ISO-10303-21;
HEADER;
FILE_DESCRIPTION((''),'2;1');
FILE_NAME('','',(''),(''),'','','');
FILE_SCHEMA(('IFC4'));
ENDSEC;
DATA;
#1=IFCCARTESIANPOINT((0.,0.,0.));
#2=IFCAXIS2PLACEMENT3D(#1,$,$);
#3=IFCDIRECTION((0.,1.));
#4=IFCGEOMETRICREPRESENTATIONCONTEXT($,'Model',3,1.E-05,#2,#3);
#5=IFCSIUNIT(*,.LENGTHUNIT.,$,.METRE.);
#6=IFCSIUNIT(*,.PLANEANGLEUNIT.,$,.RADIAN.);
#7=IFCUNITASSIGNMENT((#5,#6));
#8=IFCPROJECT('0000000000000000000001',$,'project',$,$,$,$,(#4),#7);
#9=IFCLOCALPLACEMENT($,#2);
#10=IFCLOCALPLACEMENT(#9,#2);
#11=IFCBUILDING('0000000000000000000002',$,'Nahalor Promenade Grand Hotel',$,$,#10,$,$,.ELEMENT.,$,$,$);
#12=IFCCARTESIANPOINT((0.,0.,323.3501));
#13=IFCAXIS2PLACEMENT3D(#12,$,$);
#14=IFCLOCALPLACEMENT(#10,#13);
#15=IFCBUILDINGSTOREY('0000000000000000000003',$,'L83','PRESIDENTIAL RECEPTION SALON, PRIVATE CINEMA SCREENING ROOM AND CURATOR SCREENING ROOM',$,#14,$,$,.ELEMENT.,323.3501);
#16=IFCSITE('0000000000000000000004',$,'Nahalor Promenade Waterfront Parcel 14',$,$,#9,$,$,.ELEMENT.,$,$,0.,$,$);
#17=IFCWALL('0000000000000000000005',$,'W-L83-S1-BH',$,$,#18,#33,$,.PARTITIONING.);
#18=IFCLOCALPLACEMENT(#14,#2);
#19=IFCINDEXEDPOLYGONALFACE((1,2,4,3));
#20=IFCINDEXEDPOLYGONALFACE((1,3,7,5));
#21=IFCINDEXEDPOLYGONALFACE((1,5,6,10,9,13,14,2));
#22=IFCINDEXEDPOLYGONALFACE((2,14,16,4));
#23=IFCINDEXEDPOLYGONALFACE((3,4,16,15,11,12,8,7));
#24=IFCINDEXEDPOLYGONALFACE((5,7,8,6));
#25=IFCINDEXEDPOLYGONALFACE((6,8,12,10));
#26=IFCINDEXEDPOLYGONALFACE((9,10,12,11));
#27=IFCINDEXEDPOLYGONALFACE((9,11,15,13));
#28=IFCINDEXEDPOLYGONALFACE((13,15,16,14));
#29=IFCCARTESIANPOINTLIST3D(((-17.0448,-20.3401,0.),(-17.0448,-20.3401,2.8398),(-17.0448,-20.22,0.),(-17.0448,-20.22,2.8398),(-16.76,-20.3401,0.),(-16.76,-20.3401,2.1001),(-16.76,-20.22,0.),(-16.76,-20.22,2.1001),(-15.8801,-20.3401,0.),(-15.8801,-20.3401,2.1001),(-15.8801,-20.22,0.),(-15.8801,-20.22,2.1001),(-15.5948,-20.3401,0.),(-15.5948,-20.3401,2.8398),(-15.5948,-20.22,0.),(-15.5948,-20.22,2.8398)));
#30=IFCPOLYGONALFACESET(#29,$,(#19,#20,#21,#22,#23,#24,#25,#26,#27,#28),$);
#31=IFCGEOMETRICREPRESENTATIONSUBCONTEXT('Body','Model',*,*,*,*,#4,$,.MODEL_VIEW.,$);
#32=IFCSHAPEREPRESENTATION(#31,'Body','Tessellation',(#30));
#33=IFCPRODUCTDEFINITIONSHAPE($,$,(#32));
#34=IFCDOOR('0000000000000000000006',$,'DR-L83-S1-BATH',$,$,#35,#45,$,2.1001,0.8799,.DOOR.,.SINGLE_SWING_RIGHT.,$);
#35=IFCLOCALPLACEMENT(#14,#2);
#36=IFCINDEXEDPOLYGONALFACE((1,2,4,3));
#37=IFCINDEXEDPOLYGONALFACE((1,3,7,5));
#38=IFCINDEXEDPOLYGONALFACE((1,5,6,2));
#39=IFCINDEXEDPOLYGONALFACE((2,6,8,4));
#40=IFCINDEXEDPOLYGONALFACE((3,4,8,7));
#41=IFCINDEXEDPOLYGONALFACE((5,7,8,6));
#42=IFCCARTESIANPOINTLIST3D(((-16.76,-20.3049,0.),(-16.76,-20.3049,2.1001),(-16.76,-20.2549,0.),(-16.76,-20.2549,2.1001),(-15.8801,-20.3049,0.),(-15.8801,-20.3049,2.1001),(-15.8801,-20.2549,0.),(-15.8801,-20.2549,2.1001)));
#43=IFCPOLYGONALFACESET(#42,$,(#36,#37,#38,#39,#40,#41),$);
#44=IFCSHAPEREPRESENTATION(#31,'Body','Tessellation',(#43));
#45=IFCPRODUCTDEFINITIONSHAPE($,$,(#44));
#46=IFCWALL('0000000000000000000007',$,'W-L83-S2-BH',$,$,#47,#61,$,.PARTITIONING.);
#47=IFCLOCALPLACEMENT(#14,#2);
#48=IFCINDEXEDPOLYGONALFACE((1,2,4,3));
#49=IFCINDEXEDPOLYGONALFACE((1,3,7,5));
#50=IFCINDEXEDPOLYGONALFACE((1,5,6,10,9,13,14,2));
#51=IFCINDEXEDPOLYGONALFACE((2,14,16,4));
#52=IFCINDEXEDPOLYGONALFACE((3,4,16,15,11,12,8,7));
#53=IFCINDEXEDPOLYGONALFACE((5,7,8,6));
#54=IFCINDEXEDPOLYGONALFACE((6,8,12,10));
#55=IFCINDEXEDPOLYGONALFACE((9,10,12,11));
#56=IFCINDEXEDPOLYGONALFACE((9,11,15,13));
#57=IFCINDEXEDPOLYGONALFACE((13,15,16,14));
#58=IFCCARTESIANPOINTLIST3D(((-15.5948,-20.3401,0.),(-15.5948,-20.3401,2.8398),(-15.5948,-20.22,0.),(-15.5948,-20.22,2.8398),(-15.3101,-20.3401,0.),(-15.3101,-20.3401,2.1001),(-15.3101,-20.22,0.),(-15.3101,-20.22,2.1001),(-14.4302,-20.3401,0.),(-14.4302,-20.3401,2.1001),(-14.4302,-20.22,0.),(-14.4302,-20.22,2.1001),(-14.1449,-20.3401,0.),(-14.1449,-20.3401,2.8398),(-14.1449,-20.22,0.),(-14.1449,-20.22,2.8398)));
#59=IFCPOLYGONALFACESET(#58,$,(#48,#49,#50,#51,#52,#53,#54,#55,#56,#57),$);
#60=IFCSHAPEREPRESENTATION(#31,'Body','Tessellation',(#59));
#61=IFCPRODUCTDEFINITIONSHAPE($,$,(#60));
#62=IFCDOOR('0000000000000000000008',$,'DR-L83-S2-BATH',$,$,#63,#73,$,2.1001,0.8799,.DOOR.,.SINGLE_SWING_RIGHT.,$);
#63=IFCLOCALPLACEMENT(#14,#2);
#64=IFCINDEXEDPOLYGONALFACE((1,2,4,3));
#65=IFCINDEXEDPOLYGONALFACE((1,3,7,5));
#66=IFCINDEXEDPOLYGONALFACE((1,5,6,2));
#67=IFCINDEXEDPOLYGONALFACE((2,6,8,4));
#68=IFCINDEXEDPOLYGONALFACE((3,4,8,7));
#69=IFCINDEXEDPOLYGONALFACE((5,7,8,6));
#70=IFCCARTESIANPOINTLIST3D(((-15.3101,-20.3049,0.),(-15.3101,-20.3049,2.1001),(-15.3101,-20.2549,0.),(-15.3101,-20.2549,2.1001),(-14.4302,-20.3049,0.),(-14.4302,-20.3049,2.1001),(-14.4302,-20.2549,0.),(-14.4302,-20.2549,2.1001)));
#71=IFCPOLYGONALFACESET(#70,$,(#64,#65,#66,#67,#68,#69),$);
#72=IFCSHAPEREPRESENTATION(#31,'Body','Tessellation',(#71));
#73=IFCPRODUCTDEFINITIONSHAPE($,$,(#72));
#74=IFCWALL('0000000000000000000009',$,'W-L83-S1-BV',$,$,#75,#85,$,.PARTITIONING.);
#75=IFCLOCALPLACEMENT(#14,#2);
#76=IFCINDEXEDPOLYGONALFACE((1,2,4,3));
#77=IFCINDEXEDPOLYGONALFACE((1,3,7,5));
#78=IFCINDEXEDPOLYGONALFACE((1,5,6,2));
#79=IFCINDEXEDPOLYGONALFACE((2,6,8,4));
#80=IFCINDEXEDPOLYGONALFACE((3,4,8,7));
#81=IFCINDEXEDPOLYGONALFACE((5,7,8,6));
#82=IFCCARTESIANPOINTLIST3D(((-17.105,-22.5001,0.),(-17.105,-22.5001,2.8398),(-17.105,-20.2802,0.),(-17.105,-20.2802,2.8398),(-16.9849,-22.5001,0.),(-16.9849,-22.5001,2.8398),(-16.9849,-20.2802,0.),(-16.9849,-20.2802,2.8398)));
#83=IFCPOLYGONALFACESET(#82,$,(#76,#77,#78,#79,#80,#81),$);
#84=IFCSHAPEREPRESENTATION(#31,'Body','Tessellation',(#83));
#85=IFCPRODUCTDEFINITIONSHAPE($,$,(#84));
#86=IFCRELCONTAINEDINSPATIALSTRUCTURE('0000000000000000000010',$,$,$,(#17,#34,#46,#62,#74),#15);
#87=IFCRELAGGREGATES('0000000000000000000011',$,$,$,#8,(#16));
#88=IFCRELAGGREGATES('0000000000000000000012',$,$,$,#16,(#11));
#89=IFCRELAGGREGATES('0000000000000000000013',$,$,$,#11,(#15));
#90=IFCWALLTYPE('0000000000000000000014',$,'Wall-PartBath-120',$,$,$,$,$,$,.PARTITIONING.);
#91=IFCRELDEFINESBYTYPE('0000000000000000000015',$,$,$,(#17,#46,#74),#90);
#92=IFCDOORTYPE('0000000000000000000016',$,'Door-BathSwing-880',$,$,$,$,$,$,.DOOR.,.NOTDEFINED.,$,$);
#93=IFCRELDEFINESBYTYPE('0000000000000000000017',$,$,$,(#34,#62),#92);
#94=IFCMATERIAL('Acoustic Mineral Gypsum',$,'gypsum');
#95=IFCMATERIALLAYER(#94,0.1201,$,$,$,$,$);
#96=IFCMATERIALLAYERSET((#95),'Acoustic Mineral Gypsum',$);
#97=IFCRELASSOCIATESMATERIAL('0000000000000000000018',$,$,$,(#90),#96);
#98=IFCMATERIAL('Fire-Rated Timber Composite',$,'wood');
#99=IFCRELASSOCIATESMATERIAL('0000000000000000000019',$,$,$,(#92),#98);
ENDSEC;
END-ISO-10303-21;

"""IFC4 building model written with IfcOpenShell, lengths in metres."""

from ifc_helpers import new_model, si_unit, direction, frame, frame_2d, origin, place, context, subcontext, project, spatial, rectangle, extrude, source, transform, mapped, material, layer, layer_set, type_object, element, fill, save


model = new_model("IFC4")

# Units and contexts
model_context = context("Model", 3, precision=1e-05, world=origin(), true_north=direction((0.0, 1.0)))
body_context = subcontext(model_context, "Body", "Model", "MODEL_VIEW")
ifc_project = project(units=[si_unit("LENGTHUNIT", "METRE"), si_unit("PLANEANGLEUNIT", "RADIAN")], contexts=[model_context])

# Site, building, storey
site_placement = place(None, origin())
site = spatial("IfcSite", under=ifc_project, at=site_placement, Name="Nahalor Promenade Waterfront Parcel 14", CompositionType="ELEMENT", RefElevation=0.0)
building_placement = place(site_placement, origin())
building = spatial("IfcBuilding", under=site, at=building_placement, Name="Nahalor Promenade Grand Hotel", CompositionType="ELEMENT")
storey_placement = place(building_placement, frame((0.0, 0.0, 323.3501)))
storey = spatial("IfcBuildingStorey", under=building, at=storey_placement, Name="L83", Description="PRESIDENTIAL RECEPTION SALON, PRIVATE CINEMA SCREENING ROOM AND CURATOR SCREENING ROOM", CompositionType="ELEMENT", Elevation=323.3501)

# Shared definitions
ifc_material_1 = material(Name="Acoustic Mineral Gypsum", Category="gypsum")

# Walls, openings, doors
ifc_layer_1 = layer(ifc_material_1, 0.1201)
ifc_layer_set_1 = layer_set([ifc_layer_1], Name="Acoustic Mineral Gypsum")
wall_type_1 = type_object("IfcWallType", Name="Wall-PartBath-120", PredefinedType="PARTITIONING", material=ifc_layer_set_1)
shared_shape_1 = source(origin(), body_context, "Body", "SweptSolid", [
    extrude(rectangle(XDim=1.45, YDim=0.1201, at=frame_2d((0.7251, 0.0))), origin(), (0.0, 0.0, 1.0), 2.8398),
])
wall_1_placement = place(storey_placement, frame((-17.0449, -20.28, 0.0), z_axis=(0.0, 0.0, 1.0), x_axis=(1.0, 0.0, 0.0)))
wall_1 = element("IfcWall", 1, at=wall_1_placement, inside=storey, type_object=wall_type_1, Name="W-L83-S1-BH", PredefinedType="PARTITIONING", context=body_context, shape_type="MappedRepresentation", body=[
    mapped(shared_shape_1, transform((0.0, 0.0, 0.0), scale=1.0)),
])
opening_1_placement = place(wall_1_placement, frame((0.2849, 0.0, 0.0)))
opening_1 = element("IfcOpeningElement", 2, at=opening_1_placement, cuts=wall_1, PredefinedType="OPENING", context=body_context, shape_type="SweptSolid", body=[
    extrude(rectangle(XDim=0.8799, YDim=2.1001, at=frame_2d((0.4399, 1.05))), frame((0.0, 0.0701, 0.0), z_axis=(0.0, -1.0, 0.0), x_axis=(1.0, 0.0, 0.0)), (0.0, 0.0, 1.0), 0.1401),
])
ifc_material_2 = material(Name="Fire-Rated Timber Composite", Category="wood")
door_type = type_object("IfcDoorType", Name="Door-BathSwing-880", OperationType="NOTDEFINED", PredefinedType="DOOR", material=ifc_material_2)
shared_shape_2 = source(origin(), body_context, "Body", "SweptSolid", [
    extrude(rectangle(XDim=0.8799, YDim=2.1001, at=frame_2d((0.4399, 1.05))), frame((0.0, 0.0249, 0.0), z_axis=(0.0, -1.0, 0.0), x_axis=(1.0, 0.0, 0.0)), (0.0, 0.0, 1.0), 0.05),
])
door_1_placement = place(opening_1_placement, frame((0.8799, 0.0, 0.0), z_axis=(0.0, 0.0, 1.0), x_axis=(-1.0, 0.0, 0.0)))
door_1 = element("IfcDoor", 3, at=door_1_placement, inside=storey, type_object=door_type, Name="DR-L83-S1-BATH", OperationType="SINGLE_SWING_RIGHT", OverallHeight=2.1001, OverallWidth=0.8799, PredefinedType="DOOR", context=body_context, shape_type="MappedRepresentation", body=[
    mapped(shared_shape_2, transform((0.0, 0.0, 0.0), scale=1.0)),
])
fill(opening_1, door_1)
wall_2_placement = place(storey_placement, frame((-15.595, -20.28, 0.0), z_axis=(0.0, 0.0, 1.0), x_axis=(1.0, 0.0, 0.0)))
wall_2 = element("IfcWall", 4, at=wall_2_placement, inside=storey, type_object=wall_type_1, Name="W-L83-S2-BH", PredefinedType="PARTITIONING", context=body_context, shape_type="MappedRepresentation", body=[
    mapped(shared_shape_1, transform((0.0, 0.0, 0.0), scale=1.0)),
])
opening_2_placement = place(wall_2_placement, frame((0.2849, 0.0, 0.0)))
opening_2 = element("IfcOpeningElement", 5, at=opening_2_placement, cuts=wall_2, PredefinedType="OPENING", context=body_context, shape_type="SweptSolid", body=[
    extrude(rectangle(XDim=0.8799, YDim=2.1001, at=frame_2d((0.4399, 1.05))), frame((0.0, 0.0701, 0.0), z_axis=(0.0, -1.0, 0.0), x_axis=(1.0, 0.0, 0.0)), (0.0, 0.0, 1.0), 0.1401),
])
door_2_placement = place(opening_2_placement, frame((0.8799, 0.0, 0.0), z_axis=(0.0, 0.0, 1.0), x_axis=(-1.0, 0.0, 0.0)))
door_2 = element("IfcDoor", 6, at=door_2_placement, inside=storey, type_object=door_type, Name="DR-L83-S2-BATH", OperationType="SINGLE_SWING_RIGHT", OverallHeight=2.1001, OverallWidth=0.8799, PredefinedType="DOOR", context=body_context, shape_type="MappedRepresentation", body=[
    mapped(shared_shape_2, transform((0.0, 0.0, 0.0), scale=1.0)),
])
fill(opening_2, door_2)

# Wall
shared_shape_3 = source(origin(), body_context, "Body", "SweptSolid", [
    extrude(rectangle(XDim=2.22, YDim=0.1201, at=frame_2d((1.1099, 0.0))), origin(), (0.0, 0.0, 1.0), 2.8398),
])
wall_3_placement = place(storey_placement, frame((-17.0449, -22.5, 0.0), z_axis=(0.0, 0.0, 1.0), x_axis=(0.0, 1.0, 0.0)))
element("IfcWall", 7, at=wall_3_placement, inside=storey, type_object=wall_type_1, Name="W-L83-S1-BV", PredefinedType="PARTITIONING", context=body_context, shape_type="MappedRepresentation", body=[
    mapped(shared_shape_3, transform((0.0, 0.0, 0.0), scale=1.0)),
])

save(model, "model.ifc")
